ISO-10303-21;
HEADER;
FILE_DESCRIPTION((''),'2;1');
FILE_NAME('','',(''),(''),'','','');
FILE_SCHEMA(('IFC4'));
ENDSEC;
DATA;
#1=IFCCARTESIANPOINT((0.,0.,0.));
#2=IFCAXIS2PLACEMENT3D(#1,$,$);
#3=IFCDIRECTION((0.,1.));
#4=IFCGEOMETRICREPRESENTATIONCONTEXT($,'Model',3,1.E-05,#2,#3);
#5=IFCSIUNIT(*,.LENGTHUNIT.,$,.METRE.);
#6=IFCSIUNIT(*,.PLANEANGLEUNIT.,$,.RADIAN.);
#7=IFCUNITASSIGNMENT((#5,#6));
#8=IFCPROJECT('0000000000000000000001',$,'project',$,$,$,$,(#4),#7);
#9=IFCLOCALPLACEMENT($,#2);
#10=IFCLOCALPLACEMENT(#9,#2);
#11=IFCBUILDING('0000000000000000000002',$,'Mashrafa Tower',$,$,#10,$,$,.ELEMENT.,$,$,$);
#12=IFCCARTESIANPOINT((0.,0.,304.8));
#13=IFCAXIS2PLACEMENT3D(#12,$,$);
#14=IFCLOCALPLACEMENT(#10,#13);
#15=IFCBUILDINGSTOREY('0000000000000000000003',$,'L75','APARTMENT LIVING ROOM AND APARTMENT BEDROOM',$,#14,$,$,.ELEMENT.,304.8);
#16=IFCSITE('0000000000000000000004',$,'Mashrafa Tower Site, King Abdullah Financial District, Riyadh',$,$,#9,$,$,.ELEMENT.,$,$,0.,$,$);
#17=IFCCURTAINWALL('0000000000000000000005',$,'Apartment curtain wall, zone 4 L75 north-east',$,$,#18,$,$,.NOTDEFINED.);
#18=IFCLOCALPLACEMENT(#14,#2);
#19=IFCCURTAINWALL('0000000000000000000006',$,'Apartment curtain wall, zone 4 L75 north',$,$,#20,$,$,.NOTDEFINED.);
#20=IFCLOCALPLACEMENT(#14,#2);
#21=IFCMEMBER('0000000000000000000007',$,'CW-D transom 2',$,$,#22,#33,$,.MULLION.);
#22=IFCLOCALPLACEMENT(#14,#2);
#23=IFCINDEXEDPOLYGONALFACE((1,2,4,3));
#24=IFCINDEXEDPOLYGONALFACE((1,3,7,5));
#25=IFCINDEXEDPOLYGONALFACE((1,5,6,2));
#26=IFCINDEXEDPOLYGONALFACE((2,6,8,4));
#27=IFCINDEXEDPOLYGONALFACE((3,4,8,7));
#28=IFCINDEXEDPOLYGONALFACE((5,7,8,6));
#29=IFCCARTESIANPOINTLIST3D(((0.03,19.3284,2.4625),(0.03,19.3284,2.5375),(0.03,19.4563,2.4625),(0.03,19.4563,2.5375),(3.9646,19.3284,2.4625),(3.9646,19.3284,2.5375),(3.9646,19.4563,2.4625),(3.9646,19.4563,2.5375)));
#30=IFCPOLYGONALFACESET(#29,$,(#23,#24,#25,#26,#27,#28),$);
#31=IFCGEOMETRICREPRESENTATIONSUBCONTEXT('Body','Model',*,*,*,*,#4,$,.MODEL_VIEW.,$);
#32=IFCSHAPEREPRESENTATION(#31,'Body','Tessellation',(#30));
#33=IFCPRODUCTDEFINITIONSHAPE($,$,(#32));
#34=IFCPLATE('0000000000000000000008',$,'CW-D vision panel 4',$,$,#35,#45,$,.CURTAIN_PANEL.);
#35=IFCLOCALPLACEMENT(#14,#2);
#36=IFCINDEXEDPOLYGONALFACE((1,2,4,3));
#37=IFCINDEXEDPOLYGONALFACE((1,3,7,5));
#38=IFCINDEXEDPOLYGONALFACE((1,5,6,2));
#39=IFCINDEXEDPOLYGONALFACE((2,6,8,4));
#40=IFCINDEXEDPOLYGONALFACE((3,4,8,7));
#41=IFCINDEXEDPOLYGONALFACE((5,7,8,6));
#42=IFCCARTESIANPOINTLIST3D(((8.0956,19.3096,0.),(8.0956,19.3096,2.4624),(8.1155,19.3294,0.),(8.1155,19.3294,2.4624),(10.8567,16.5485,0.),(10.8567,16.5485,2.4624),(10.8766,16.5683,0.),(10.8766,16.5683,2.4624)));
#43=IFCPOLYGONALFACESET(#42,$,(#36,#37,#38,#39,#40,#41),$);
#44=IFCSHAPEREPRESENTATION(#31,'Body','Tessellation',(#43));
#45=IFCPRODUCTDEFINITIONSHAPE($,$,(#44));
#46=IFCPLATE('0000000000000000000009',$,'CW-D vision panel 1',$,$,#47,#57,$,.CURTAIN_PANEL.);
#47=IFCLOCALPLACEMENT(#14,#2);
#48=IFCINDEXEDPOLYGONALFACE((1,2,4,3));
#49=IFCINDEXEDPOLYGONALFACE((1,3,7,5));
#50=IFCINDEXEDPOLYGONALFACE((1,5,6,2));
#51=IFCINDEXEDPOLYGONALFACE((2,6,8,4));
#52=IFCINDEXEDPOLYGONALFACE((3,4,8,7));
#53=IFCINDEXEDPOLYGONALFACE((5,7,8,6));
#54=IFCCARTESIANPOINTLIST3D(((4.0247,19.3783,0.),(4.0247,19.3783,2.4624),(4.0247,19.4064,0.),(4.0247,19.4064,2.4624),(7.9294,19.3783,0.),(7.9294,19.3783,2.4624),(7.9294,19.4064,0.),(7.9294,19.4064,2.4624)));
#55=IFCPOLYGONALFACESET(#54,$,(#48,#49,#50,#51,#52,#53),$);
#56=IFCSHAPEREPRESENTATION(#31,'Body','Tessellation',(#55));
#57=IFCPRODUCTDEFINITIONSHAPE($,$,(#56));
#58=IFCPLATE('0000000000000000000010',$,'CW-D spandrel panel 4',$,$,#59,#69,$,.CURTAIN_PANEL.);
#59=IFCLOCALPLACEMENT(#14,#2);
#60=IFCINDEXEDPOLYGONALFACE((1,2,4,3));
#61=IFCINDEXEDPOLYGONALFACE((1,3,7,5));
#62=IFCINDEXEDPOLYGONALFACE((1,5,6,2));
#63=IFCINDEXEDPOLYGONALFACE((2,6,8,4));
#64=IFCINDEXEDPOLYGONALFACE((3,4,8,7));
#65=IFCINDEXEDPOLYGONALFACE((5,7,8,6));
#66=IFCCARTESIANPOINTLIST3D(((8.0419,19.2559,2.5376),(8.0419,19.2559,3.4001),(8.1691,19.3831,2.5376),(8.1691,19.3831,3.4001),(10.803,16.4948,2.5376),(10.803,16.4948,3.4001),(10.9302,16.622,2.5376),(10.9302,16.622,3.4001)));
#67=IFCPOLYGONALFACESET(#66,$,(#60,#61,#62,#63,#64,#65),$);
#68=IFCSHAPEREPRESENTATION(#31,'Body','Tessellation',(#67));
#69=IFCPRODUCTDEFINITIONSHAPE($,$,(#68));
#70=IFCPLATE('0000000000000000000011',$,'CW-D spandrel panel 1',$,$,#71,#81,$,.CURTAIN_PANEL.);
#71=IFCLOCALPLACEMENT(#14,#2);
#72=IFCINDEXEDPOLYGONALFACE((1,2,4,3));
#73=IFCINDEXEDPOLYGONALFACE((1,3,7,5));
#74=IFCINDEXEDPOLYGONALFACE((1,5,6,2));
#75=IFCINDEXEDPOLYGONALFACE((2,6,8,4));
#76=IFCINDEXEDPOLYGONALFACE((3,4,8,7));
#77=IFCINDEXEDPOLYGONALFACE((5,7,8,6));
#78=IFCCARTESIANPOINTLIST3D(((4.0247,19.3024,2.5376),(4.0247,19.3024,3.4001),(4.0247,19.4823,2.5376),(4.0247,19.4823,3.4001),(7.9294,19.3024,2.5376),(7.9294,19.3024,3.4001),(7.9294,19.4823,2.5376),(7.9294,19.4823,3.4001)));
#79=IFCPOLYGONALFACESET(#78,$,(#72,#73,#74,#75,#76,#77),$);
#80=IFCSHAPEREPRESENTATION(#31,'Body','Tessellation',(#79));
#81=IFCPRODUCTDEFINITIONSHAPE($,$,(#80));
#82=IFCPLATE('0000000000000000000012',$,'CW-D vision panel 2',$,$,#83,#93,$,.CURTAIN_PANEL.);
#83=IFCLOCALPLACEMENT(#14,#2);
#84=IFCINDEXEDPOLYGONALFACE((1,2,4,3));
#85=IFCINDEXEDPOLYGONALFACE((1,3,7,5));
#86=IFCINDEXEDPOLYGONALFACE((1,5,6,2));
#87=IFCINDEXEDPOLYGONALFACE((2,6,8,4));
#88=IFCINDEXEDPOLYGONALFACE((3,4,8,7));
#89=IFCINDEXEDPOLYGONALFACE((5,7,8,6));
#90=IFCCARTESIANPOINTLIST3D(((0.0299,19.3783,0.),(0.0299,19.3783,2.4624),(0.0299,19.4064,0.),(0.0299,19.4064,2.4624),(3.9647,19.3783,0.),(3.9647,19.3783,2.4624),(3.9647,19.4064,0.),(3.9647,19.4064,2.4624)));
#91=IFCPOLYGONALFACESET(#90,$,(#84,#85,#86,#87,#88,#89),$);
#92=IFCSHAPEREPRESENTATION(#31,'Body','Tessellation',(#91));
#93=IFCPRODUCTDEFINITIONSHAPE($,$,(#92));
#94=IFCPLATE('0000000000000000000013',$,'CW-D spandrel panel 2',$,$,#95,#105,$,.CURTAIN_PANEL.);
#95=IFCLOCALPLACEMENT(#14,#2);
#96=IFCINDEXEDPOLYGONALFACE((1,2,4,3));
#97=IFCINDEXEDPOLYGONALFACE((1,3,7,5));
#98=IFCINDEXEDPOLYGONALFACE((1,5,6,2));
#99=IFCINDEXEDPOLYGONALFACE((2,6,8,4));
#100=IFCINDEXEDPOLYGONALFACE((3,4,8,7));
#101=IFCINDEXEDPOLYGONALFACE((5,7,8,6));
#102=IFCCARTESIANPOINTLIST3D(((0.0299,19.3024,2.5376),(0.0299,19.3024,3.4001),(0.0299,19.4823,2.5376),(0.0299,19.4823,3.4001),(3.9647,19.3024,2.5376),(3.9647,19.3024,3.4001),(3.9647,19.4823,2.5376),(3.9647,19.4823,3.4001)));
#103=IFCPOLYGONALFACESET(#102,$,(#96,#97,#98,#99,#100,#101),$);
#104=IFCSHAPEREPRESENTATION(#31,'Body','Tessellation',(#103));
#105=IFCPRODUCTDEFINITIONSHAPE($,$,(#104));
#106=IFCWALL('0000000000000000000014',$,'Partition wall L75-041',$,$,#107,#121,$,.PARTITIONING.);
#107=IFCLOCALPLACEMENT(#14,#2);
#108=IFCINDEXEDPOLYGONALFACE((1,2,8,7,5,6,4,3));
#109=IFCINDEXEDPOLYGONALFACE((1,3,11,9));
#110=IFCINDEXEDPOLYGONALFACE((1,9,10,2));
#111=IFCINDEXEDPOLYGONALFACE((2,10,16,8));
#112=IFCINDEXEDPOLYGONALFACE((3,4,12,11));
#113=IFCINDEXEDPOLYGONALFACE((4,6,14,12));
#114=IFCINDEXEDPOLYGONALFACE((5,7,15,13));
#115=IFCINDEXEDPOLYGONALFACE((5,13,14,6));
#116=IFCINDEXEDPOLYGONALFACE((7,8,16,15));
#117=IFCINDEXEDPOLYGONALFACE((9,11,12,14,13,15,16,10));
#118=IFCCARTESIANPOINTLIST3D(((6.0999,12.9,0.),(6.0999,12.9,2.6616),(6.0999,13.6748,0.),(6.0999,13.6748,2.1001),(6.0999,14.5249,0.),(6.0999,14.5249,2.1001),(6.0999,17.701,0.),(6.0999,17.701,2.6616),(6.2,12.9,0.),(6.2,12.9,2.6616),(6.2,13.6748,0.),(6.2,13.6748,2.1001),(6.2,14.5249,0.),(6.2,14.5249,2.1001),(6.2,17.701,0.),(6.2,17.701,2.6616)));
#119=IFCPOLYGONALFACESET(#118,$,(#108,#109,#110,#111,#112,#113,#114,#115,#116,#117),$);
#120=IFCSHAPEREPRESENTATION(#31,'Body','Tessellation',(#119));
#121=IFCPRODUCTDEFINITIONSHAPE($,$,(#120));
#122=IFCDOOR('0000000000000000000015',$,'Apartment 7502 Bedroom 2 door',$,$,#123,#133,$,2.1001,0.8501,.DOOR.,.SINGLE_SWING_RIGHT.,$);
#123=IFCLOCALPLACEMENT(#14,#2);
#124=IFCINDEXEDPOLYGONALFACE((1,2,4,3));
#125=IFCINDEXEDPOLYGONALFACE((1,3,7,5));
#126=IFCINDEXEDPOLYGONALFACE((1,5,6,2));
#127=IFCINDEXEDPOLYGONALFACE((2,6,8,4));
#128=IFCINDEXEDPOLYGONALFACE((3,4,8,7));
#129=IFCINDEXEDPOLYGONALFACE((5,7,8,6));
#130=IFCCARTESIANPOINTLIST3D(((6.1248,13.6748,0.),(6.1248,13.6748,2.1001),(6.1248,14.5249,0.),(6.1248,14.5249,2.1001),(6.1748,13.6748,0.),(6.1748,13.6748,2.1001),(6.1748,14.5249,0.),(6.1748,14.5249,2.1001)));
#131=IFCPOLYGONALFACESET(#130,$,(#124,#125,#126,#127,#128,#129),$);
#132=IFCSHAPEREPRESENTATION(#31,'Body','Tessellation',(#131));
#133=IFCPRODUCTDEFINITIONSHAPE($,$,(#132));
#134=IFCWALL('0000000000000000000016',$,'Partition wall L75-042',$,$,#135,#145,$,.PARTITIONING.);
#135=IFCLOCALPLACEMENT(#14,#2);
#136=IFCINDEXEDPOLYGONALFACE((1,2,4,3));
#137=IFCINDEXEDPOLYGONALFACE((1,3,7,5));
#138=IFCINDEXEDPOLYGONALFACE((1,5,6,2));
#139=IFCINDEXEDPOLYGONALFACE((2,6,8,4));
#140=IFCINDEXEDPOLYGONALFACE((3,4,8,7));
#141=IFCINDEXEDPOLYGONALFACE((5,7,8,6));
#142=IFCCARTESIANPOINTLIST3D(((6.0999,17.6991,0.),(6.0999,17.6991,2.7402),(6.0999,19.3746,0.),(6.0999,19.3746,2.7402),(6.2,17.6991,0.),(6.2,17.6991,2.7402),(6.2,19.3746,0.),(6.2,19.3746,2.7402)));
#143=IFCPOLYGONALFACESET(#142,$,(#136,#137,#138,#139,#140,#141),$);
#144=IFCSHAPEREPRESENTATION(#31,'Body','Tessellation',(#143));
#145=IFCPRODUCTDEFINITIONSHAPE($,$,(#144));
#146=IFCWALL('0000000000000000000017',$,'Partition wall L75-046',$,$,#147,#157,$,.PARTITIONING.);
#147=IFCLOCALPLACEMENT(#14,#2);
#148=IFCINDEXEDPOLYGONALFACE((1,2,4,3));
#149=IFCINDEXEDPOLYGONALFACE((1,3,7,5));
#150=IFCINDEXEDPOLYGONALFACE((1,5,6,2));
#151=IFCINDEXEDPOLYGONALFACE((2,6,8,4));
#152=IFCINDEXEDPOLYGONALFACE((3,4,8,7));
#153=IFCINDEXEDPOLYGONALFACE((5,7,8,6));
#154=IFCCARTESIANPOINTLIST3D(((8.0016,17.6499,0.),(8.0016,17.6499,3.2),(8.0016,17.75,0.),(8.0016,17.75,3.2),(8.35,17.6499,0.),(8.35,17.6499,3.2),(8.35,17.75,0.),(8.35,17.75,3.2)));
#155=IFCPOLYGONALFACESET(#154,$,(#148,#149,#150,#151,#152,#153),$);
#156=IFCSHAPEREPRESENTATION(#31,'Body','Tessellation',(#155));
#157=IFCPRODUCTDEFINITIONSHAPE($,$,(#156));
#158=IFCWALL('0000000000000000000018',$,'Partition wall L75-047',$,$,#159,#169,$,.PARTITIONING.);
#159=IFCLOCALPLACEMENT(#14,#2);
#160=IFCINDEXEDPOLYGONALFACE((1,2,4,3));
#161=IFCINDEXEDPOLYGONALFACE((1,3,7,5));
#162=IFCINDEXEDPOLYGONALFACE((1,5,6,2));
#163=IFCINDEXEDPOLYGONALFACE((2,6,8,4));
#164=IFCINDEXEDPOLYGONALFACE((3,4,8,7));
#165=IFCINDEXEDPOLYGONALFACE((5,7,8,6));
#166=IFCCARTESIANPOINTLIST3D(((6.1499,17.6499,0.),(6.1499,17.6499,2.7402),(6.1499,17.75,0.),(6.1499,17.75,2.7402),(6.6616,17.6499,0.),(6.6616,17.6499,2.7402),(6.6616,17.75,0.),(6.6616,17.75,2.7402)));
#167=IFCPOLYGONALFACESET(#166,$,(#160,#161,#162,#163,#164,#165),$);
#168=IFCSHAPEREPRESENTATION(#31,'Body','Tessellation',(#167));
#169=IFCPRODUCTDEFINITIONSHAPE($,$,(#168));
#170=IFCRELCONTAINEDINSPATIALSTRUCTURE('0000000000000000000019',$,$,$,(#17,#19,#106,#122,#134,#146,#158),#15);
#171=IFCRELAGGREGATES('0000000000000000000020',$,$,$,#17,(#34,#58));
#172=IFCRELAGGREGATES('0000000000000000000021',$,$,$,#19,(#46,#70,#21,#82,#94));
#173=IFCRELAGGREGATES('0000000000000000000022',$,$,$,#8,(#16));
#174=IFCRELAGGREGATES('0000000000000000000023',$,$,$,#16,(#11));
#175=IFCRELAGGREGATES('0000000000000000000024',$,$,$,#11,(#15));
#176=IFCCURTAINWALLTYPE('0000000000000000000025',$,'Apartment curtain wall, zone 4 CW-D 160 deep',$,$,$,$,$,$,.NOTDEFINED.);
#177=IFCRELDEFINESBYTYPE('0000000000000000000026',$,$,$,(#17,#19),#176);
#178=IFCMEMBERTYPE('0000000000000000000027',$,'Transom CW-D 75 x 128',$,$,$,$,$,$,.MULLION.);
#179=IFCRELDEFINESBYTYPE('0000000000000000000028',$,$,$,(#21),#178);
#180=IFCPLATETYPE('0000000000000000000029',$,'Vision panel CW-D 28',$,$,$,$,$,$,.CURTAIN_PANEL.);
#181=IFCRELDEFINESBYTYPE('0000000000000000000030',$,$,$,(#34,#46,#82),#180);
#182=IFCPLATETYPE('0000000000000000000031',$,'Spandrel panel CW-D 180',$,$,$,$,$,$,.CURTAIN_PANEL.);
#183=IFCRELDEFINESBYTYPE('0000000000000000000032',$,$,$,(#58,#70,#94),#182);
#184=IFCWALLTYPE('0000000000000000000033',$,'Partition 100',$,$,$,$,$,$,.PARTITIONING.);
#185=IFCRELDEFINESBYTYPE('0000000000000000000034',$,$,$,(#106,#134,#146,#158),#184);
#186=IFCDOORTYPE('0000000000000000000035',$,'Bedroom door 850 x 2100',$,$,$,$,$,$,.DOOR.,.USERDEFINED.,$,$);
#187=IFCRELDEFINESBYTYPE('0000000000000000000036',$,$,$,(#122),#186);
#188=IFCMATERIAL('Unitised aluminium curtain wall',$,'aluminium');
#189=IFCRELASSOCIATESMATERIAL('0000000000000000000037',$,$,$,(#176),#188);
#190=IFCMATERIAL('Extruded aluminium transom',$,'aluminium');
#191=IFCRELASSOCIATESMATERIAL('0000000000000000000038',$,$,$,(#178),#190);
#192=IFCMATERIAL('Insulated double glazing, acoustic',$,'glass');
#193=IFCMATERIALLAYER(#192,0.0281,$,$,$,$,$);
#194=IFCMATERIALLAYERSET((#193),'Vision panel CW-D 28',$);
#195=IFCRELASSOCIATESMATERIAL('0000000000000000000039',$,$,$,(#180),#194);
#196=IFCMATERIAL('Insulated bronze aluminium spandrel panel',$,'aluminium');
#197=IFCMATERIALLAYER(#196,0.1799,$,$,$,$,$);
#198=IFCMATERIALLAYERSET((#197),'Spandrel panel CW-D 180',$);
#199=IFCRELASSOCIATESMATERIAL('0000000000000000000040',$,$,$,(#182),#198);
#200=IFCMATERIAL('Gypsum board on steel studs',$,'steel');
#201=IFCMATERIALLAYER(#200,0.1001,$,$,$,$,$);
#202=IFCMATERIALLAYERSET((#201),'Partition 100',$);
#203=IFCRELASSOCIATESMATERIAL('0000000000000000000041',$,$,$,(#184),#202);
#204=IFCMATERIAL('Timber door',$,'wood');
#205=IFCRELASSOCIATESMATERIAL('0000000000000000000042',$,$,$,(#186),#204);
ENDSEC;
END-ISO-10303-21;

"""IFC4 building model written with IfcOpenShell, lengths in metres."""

from ifc_helpers import new_model, si_unit, direction, frame, frame_2d, origin, origin_2d, place, context, subcontext, project, spatial, rectangle, extrude, source, transform, mapped, material, layer, layer_set, material_profile, profile_set, type_object, type_shapes, element, fill, aggregate, save


model = new_model("IFC4")

# Units and contexts
model_context = context("Model", 3, precision=1e-05, world=origin(), true_north=direction((0.0, 1.0)))
body_context = subcontext(model_context, "Body", "Model", "MODEL_VIEW")
ifc_project = project(units=[si_unit("LENGTHUNIT", "METRE"), si_unit("PLANEANGLEUNIT", "RADIAN")], contexts=[model_context])

# Site, building, storey
site_placement = place(None, origin())
site = spatial("IfcSite", under=ifc_project, at=site_placement, Name="Mashrafa Tower Site, King Abdullah Financial District, Riyadh", CompositionType="ELEMENT", RefElevation=0.0)
building_placement = place(site_placement, origin())
building = spatial("IfcBuilding", under=site, at=building_placement, Name="Mashrafa Tower", CompositionType="ELEMENT")
storey_placement = place(building_placement, frame((0.0, 0.0, 304.8)))
storey = spatial("IfcBuildingStorey", under=building, at=storey_placement, Name="L75", Description="APARTMENT LIVING ROOM AND APARTMENT BEDROOM", CompositionType="ELEMENT", Elevation=304.8)

# Curtain wall
ifc_material_1 = material(Name="Unitised aluminium curtain wall", Category="aluminium")
curtain_wall_type = type_object("IfcCurtainWallType", Name="Apartment curtain wall, zone 4 CW-D 160 deep", PredefinedType="NOTDEFINED", material=ifc_material_1)
curtain_wall_1_placement = place(storey_placement, origin())
curtain_wall_1 = element("IfcCurtainWall", 1, at=curtain_wall_1_placement, inside=storey, type_object=curtain_wall_type, Name="Apartment curtain wall, zone 4 L75 north-east", PredefinedType="NOTDEFINED")

# Curtain wall, member
curtain_wall_2_placement = place(storey_placement, origin())
curtain_wall_2 = element("IfcCurtainWall", 2, at=curtain_wall_2_placement, inside=storey, type_object=curtain_wall_type, Name="Apartment curtain wall, zone 4 L75 north", PredefinedType="NOTDEFINED")
ifc_material_2 = material(Name="Extruded aluminium transom", Category="aluminium")
ifc_material_profile_1 = material_profile(ifc_material_2, rectangle(XDim=0.1279, YDim=0.075, at=origin_2d()), Name="Transom 75x128")
ifc_profile_set_1 = profile_set([ifc_material_profile_1], Name="Extruded aluminium transom")
member_type_1 = type_object("IfcMemberType", Name="Transom CW-D 75 x 128", PredefinedType="MULLION", material=ifc_profile_set_1)
shared_shape_1 = source(origin(), body_context, "Body", "SweptSolid", [
    extrude(rectangle(XDim=0.1279, YDim=0.075, at=origin_2d()), origin(), (0.0, 0.0, 1.0), 3.9346),
])
member_1_placement = place(storey_placement, frame((3.9646, 19.3923, 2.5), z_axis=(-1.0, 0.0, 0.0), x_axis=(0.0, -1.0, 0.0)))
member_1 = element("IfcMember", 3, at=member_1_placement, type_object=member_type_1, Name="CW-D transom 2", PredefinedType="MULLION", context=body_context, shape_type="MappedRepresentation", body=[
    mapped(shared_shape_1, transform((0.0, 0.0, 0.0))),
])

# Plates
ifc_material_3 = material(Name="Insulated double glazing, acoustic", Category="glass")
ifc_layer_1 = layer(ifc_material_3, 0.0281)
ifc_layer_set_1 = layer_set([ifc_layer_1], Name="Vision panel CW-D 28")
plate_type_1 = type_object("IfcPlateType", Name="Vision panel CW-D 28", PredefinedType="CURTAIN_PANEL", material=ifc_layer_set_1)
shared_shape_2 = source(origin(), body_context, "Body", "SweptSolid", [
    extrude(rectangle(XDim=3.9048, YDim=0.0281, at=origin_2d()), origin(), (0.0, 0.0, 1.0), 2.4624),
])
plate_1_placement = place(storey_placement, frame((9.4861, 17.939, 0.0), z_axis=(0.0, 0.0, 1.0), x_axis=(-0.707107, 0.707107, 0.0)))
plate_1 = element("IfcPlate", 4, at=plate_1_placement, type_object=plate_type_1, Name="CW-D vision panel 4", PredefinedType="CURTAIN_PANEL", context=body_context, shape_type="MappedRepresentation", body=[
    mapped(shared_shape_2, transform((0.0, 0.0, 0.0))),
])
plate_2_placement = place(storey_placement, frame((5.9771, 19.3923, 0.0), z_axis=(0.0, 0.0, 1.0), x_axis=(-1.0, 0.0, 0.0)))
plate_2 = element("IfcPlate", 5, at=plate_2_placement, type_object=plate_type_1, Name="CW-D vision panel 1", PredefinedType="CURTAIN_PANEL", context=body_context, shape_type="MappedRepresentation", body=[
    mapped(shared_shape_2, transform((0.0, 0.0, 0.0))),
])
ifc_material_4 = material(Name="Insulated bronze aluminium spandrel panel", Category="aluminium")
ifc_layer_2 = layer(ifc_material_4, 0.1799)
ifc_layer_set_2 = layer_set([ifc_layer_2], Name="Spandrel panel CW-D 180")
plate_type_2 = type_object("IfcPlateType", Name="Spandrel panel CW-D 180", PredefinedType="CURTAIN_PANEL", material=ifc_layer_set_2)
shared_shape_3 = source(origin(), body_context, "Body", "SweptSolid", [
    extrude(rectangle(XDim=3.9048, YDim=0.1799, at=origin_2d()), origin(), (0.0, 0.0, 1.0), 0.8625),
])
plate_3_placement = place(storey_placement, frame((9.4861, 17.939, 2.5376), z_axis=(0.0, 0.0, 1.0), x_axis=(-0.707107, 0.707107, 0.0)))
plate_3 = element("IfcPlate", 6, at=plate_3_placement, type_object=plate_type_2, Name="CW-D spandrel panel 4", PredefinedType="CURTAIN_PANEL", context=body_context, shape_type="MappedRepresentation", body=[
    mapped(shared_shape_3, transform((0.0, 0.0, 0.0))),
])
aggregate(curtain_wall_1, [plate_1, plate_3])
plate_4_placement = place(storey_placement, frame((5.9771, 19.3923, 2.5376), z_axis=(0.0, 0.0, 1.0), x_axis=(-1.0, 0.0, 0.0)))
plate_4 = element("IfcPlate", 7, at=plate_4_placement, type_object=plate_type_2, Name="CW-D spandrel panel 1", PredefinedType="CURTAIN_PANEL", context=body_context, shape_type="MappedRepresentation", body=[
    mapped(shared_shape_3, transform((0.0, 0.0, 0.0))),
])
shared_shape_4 = source(origin(), body_context, "Body", "SweptSolid", [
    extrude(rectangle(XDim=3.9348, YDim=0.0281, at=origin_2d()), origin(), (0.0, 0.0, 1.0), 2.4624),
])
type_shapes(plate_type_1, [shared_shape_2, shared_shape_4])
plate_5_placement = place(storey_placement, frame((1.9973, 19.3923, 0.0), z_axis=(0.0, 0.0, 1.0), x_axis=(-1.0, 0.0, 0.0)))
plate_5 = element("IfcPlate", 8, at=plate_5_placement, type_object=plate_type_1, Name="CW-D vision panel 2", PredefinedType="CURTAIN_PANEL", context=body_context, shape_type="MappedRepresentation", body=[
    mapped(shared_shape_4, transform((0.0, 0.0, 0.0))),
])
shared_shape_5 = source(origin(), body_context, "Body", "SweptSolid", [
    extrude(rectangle(XDim=3.9348, YDim=0.1799, at=origin_2d()), origin(), (0.0, 0.0, 1.0), 0.8625),
])
type_shapes(plate_type_2, [shared_shape_3, shared_shape_5])
plate_6_placement = place(storey_placement, frame((1.9973, 19.3923, 2.5376), z_axis=(0.0, 0.0, 1.0), x_axis=(-1.0, 0.0, 0.0)))
plate_6 = element("IfcPlate", 9, at=plate_6_placement, type_object=plate_type_2, Name="CW-D spandrel panel 2", PredefinedType="CURTAIN_PANEL", context=body_context, shape_type="MappedRepresentation", body=[
    mapped(shared_shape_5, transform((0.0, 0.0, 0.0))),
])
aggregate(curtain_wall_2, [plate_2, plate_4, member_1, plate_5, plate_6])

# Wall, opening, door
ifc_material_5 = material(Name="Gypsum board on steel studs", Category="steel")
ifc_layer_3 = layer(ifc_material_5, 0.1001)
ifc_layer_set_3 = layer_set([ifc_layer_3], Name="Partition 100")
wall_type = type_object("IfcWallType", Name="Partition 100", PredefinedType="PARTITIONING", material=ifc_layer_set_3)
wall_1_placement = place(storey_placement, frame((6.1499, 17.7009, 0.0), z_axis=(0.0, 0.0, 1.0), x_axis=(0.0, -1.0, 0.0)))
wall_1 = element("IfcWall", 10, at=wall_1_placement, inside=storey, type_object=wall_type, Name="Partition wall L75-041", PredefinedType="PARTITIONING", context=body_context, shape_type="SweptSolid", body=[
    extrude(rectangle(XDim=4.801, YDim=0.1001, at=frame_2d((2.4004, 0.0))), origin(), (0.0, 0.0, 1.0), 2.6616),
])
opening_placement = place(wall_1_placement, frame((3.176, 0.0, 0.0)))
opening = element("IfcOpeningElement", 11, at=opening_placement, cuts=wall_1, PredefinedType="OPENING", context=body_context, shape_type="SweptSolid", body=[
    extrude(rectangle(XDim=0.8501, YDim=2.1001, at=frame_2d((0.425, 1.05))), frame((0.0, 0.0601, 0.0), z_axis=(0.0, -1.0, 0.0), x_axis=(1.0, 0.0, 0.0)), (0.0, 0.0, 1.0), 0.1201),
])
ifc_material_6 = material(Name="Timber door", Category="wood")
door_type = type_object("IfcDoorType", Name="Bedroom door 850 x 2100", OperationType="USERDEFINED", PredefinedType="DOOR", material=ifc_material_6)
door_placement = place(opening_placement, origin())
door = element("IfcDoor", 12, at=door_placement, inside=storey, type_object=door_type, Name="Apartment 7502 Bedroom 2 door", OperationType="SINGLE_SWING_RIGHT", OverallHeight=2.1001, OverallWidth=0.8501, PredefinedType="DOOR", context=body_context, shape_type="SweptSolid", body=[
    extrude(rectangle(XDim=0.8501, YDim=2.1001, at=frame_2d((0.425, 1.05))), frame((0.0, 0.0249, 0.0), z_axis=(0.0, -1.0, 0.0), x_axis=(1.0, 0.0, 0.0)), (0.0, 0.0, 1.0), 0.05),
])
fill(opening, door)

# Walls
wall_2_placement = place(storey_placement, frame((6.1499, 17.699, 0.0), z_axis=(0.0, 0.0, 1.0), x_axis=(0.0, 1.0, 0.0)))
element("IfcWall", 13, at=wall_2_placement, inside=storey, type_object=wall_type, Name="Partition wall L75-042", PredefinedType="PARTITIONING", context=body_context, shape_type="SweptSolid", body=[
    extrude(rectangle(XDim=1.6755, YDim=0.1001, at=frame_2d((0.8379, 0.0))), origin(), (0.0, 0.0, 1.0), 2.7402),
])
wall_3_placement = place(storey_placement, frame((8.3501, 17.7, 0.0), z_axis=(0.0, 0.0, 1.0), x_axis=(-1.0, 0.0, 0.0)))
element("IfcWall", 14, at=wall_3_placement, inside=storey, type_object=wall_type, Name="Partition wall L75-046", PredefinedType="PARTITIONING", context=body_context, shape_type="SweptSolid", body=[
    extrude(rectangle(XDim=0.3484, YDim=0.1001, at=frame_2d((0.1743, 0.0))), origin(), (0.0, 0.0, 1.0), 3.2),
])
wall_4_placement = place(storey_placement, frame((6.6616, 17.7, 0.0), z_axis=(0.0, 0.0, 1.0), x_axis=(-1.0, 0.0, 0.0)))
element("IfcWall", 15, at=wall_4_placement, inside=storey, type_object=wall_type, Name="Partition wall L75-047", PredefinedType="PARTITIONING", context=body_context, shape_type="SweptSolid", body=[
    extrude(rectangle(XDim=0.5117, YDim=0.1001, at=frame_2d((0.2559, 0.0))), origin(), (0.0, 0.0, 1.0), 2.7402),
])

save(model, "model.ifc")
